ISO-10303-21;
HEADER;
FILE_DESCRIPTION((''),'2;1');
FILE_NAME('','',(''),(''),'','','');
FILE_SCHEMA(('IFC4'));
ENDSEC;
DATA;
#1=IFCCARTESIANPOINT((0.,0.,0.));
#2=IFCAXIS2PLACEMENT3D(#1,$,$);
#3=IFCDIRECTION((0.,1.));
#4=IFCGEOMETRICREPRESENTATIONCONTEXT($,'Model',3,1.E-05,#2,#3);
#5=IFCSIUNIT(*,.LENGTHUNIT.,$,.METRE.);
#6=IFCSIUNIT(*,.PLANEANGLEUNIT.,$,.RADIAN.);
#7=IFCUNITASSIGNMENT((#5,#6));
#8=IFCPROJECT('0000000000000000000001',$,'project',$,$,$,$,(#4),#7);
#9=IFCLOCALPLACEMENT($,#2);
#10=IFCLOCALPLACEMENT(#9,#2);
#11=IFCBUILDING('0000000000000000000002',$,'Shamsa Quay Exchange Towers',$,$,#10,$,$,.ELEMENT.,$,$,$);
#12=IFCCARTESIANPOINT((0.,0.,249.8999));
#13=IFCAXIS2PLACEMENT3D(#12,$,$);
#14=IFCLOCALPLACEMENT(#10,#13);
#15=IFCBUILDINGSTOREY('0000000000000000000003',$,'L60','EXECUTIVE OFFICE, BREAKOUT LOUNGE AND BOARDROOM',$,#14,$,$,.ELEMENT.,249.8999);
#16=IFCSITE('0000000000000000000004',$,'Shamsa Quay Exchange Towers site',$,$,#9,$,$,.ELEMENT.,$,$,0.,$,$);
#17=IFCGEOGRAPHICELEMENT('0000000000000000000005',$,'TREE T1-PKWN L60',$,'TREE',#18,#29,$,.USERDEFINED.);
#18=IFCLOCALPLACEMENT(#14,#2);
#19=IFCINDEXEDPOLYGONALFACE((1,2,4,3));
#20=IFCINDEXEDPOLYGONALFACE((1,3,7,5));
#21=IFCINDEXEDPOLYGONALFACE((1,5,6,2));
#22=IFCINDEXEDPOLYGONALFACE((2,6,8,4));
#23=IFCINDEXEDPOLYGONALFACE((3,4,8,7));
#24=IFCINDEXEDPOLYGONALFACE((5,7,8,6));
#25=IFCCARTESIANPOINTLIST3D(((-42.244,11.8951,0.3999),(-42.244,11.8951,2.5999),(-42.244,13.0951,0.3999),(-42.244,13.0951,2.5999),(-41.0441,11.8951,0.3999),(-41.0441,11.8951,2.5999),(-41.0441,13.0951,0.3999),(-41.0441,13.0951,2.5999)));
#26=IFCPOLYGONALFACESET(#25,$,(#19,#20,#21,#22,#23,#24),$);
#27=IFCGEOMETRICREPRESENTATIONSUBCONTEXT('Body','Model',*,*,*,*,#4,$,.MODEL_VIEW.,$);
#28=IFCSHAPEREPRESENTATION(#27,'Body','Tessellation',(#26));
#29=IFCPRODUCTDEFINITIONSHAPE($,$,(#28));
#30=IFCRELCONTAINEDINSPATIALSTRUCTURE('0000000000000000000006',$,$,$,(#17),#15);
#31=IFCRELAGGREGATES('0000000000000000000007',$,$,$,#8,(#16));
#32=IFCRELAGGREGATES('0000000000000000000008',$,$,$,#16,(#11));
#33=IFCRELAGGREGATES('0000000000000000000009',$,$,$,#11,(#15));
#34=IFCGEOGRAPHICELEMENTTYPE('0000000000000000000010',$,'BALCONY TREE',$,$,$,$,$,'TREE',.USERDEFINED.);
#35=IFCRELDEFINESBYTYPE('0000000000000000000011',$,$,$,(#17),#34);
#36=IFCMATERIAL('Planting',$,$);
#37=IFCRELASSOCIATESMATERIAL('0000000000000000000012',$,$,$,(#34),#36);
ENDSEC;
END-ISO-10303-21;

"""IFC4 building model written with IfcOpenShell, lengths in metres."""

from ifc_helpers import new_model, si_unit, direction, frame, origin, origin_2d, place, context, subcontext, project, spatial, rectangle, extrude, material, type_object, element, save


model = new_model("IFC4")

# Units and contexts
model_context = context("Model", 3, precision=1e-05, world=origin(), true_north=direction((0.0, 1.0)))
body_context = subcontext(model_context, "Body", "Model", "MODEL_VIEW")
ifc_project = project(units=[si_unit("LENGTHUNIT", "METRE"), si_unit("PLANEANGLEUNIT", "RADIAN")], contexts=[model_context])

# Site, building, storey
site_placement = place(None, origin())
site = spatial("IfcSite", under=ifc_project, at=site_placement, Name="Shamsa Quay Exchange Towers site", CompositionType="ELEMENT", RefElevation=0.0)
building_placement = place(site_placement, origin())
building = spatial("IfcBuilding", under=site, at=building_placement, Name="Shamsa Quay Exchange Towers", CompositionType="ELEMENT")
storey_placement = place(building_placement, frame((0.0, 0.0, 249.8999)))
storey = spatial("IfcBuildingStorey", under=building, at=storey_placement, Name="L60", Description="EXECUTIVE OFFICE, BREAKOUT LOUNGE AND BOARDROOM", CompositionType="ELEMENT", Elevation=249.8999)

# Geographic element
ifc_material_1 = material(Name="Planting")
geographic_element_type = type_object("IfcGeographicElementType", Name="BALCONY TREE", ElementType="TREE", PredefinedType="USERDEFINED", material=ifc_material_1)
geographic_element_placement = place(storey_placement, frame((-41.644, 12.4951, 0.3999), z_axis=(0.0, 0.0, 1.0), x_axis=(-1.0, 0.0, 0.0)))
element("IfcGeographicElement", 1, at=geographic_element_placement, inside=storey, type_object=geographic_element_type, Name="TREE T1-PKWN L60", ObjectType="TREE", PredefinedType="USERDEFINED", context=body_context, shape_type="SweptSolid", body=[
    extrude(rectangle(XDim=1.2, YDim=1.2, at=origin_2d()), origin(), (0.0, 0.0, 1.0), 2.2),
])

save(model, "model.ifc")
